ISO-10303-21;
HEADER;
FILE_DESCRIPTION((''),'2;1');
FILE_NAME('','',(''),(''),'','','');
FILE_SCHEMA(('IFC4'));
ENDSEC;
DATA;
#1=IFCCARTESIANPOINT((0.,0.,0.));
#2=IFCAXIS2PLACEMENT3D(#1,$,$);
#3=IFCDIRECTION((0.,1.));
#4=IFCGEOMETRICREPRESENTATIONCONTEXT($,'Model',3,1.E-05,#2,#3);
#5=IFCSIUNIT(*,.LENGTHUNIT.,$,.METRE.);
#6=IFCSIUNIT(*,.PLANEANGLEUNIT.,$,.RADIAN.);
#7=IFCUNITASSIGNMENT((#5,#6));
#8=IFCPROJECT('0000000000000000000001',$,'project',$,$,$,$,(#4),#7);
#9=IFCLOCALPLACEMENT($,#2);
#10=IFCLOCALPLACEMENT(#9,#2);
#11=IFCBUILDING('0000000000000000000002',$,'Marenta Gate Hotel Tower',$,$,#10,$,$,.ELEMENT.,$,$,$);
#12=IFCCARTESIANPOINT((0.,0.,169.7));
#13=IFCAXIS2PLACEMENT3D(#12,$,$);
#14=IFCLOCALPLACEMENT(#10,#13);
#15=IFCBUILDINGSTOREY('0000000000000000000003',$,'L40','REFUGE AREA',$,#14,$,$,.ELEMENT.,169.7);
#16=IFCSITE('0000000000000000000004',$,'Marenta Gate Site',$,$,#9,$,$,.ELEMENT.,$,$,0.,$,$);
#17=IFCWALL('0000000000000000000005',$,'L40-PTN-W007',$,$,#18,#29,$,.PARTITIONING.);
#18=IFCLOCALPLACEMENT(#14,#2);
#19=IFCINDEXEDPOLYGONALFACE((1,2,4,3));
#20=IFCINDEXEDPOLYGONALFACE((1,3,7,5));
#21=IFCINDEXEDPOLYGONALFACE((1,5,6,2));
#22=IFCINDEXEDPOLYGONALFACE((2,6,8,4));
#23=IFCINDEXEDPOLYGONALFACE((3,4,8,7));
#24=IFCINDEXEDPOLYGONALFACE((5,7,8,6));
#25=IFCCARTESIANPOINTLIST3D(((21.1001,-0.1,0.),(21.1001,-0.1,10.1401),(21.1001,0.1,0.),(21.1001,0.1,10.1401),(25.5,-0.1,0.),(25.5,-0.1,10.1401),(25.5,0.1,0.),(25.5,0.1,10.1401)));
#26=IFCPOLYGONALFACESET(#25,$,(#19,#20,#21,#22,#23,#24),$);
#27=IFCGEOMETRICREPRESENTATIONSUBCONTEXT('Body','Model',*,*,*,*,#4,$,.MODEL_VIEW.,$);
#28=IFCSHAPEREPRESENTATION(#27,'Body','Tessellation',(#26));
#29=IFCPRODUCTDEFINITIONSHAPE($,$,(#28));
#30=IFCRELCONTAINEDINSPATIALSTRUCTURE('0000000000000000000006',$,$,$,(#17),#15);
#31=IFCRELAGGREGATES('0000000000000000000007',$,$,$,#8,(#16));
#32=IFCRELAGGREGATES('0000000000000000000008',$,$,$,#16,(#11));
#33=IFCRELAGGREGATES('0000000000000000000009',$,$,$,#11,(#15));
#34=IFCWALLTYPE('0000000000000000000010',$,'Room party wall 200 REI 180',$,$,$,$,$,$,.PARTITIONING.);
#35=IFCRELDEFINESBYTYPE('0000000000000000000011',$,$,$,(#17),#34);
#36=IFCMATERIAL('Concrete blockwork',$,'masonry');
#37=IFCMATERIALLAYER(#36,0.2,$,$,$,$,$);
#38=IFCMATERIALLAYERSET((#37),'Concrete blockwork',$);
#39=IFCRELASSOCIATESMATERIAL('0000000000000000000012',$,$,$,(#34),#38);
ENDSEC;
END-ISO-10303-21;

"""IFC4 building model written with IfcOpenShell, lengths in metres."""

from ifc_helpers import new_model, si_unit, direction, frame, frame_2d, origin, place, context, subcontext, project, spatial, rectangle, extrude, material, layer, layer_set, type_object, element, save


model = new_model("IFC4")

# Units and contexts
model_context = context("Model", 3, precision=1e-05, world=origin(), true_north=direction((0.0, 1.0)))
body_context = subcontext(model_context, "Body", "Model", "MODEL_VIEW")
ifc_project = project(units=[si_unit("LENGTHUNIT", "METRE"), si_unit("PLANEANGLEUNIT", "RADIAN")], contexts=[model_context])

# Site, building, storey
site_placement = place(None, origin())
site = spatial("IfcSite", under=ifc_project, at=site_placement, Name="Marenta Gate Site", CompositionType="ELEMENT", RefElevation=0.0)
building_placement = place(site_placement, origin())
building = spatial("IfcBuilding", under=site, at=building_placement, Name="Marenta Gate Hotel Tower", CompositionType="ELEMENT")
storey_placement = place(building_placement, frame((0.0, 0.0, 169.7)))
storey = spatial("IfcBuildingStorey", under=building, at=storey_placement, Name="L40", Description="REFUGE AREA", CompositionType="ELEMENT", Elevation=169.7)

# Wall
ifc_material_1 = material(Name="Concrete blockwork", Category="masonry")
ifc_layer_1 = layer(ifc_material_1, 0.2)
ifc_layer_set_1 = layer_set([ifc_layer_1], Name="Concrete blockwork")
wall_type_1 = type_object("IfcWallType", Name="Room party wall 200 REI 180", PredefinedType="PARTITIONING", material=ifc_layer_set_1)
wall_1_placement = place(storey_placement, frame((21.1001, 0.0, 0.0), z_axis=(0.0, 0.0, 1.0), x_axis=(1.0, 0.0, 0.0)))
element("IfcWall", 1, at=wall_1_placement, inside=storey, type_object=wall_type_1, Name="L40-PTN-W007", PredefinedType="PARTITIONING", context=body_context, shape_type="SweptSolid", body=[
    extrude(rectangle(XDim=4.3999, YDim=0.2, at=frame_2d((2.2, 0.0))), origin(), (0.0, 0.0, 1.0), 10.1401),
])

save(model, "model.ifc")
